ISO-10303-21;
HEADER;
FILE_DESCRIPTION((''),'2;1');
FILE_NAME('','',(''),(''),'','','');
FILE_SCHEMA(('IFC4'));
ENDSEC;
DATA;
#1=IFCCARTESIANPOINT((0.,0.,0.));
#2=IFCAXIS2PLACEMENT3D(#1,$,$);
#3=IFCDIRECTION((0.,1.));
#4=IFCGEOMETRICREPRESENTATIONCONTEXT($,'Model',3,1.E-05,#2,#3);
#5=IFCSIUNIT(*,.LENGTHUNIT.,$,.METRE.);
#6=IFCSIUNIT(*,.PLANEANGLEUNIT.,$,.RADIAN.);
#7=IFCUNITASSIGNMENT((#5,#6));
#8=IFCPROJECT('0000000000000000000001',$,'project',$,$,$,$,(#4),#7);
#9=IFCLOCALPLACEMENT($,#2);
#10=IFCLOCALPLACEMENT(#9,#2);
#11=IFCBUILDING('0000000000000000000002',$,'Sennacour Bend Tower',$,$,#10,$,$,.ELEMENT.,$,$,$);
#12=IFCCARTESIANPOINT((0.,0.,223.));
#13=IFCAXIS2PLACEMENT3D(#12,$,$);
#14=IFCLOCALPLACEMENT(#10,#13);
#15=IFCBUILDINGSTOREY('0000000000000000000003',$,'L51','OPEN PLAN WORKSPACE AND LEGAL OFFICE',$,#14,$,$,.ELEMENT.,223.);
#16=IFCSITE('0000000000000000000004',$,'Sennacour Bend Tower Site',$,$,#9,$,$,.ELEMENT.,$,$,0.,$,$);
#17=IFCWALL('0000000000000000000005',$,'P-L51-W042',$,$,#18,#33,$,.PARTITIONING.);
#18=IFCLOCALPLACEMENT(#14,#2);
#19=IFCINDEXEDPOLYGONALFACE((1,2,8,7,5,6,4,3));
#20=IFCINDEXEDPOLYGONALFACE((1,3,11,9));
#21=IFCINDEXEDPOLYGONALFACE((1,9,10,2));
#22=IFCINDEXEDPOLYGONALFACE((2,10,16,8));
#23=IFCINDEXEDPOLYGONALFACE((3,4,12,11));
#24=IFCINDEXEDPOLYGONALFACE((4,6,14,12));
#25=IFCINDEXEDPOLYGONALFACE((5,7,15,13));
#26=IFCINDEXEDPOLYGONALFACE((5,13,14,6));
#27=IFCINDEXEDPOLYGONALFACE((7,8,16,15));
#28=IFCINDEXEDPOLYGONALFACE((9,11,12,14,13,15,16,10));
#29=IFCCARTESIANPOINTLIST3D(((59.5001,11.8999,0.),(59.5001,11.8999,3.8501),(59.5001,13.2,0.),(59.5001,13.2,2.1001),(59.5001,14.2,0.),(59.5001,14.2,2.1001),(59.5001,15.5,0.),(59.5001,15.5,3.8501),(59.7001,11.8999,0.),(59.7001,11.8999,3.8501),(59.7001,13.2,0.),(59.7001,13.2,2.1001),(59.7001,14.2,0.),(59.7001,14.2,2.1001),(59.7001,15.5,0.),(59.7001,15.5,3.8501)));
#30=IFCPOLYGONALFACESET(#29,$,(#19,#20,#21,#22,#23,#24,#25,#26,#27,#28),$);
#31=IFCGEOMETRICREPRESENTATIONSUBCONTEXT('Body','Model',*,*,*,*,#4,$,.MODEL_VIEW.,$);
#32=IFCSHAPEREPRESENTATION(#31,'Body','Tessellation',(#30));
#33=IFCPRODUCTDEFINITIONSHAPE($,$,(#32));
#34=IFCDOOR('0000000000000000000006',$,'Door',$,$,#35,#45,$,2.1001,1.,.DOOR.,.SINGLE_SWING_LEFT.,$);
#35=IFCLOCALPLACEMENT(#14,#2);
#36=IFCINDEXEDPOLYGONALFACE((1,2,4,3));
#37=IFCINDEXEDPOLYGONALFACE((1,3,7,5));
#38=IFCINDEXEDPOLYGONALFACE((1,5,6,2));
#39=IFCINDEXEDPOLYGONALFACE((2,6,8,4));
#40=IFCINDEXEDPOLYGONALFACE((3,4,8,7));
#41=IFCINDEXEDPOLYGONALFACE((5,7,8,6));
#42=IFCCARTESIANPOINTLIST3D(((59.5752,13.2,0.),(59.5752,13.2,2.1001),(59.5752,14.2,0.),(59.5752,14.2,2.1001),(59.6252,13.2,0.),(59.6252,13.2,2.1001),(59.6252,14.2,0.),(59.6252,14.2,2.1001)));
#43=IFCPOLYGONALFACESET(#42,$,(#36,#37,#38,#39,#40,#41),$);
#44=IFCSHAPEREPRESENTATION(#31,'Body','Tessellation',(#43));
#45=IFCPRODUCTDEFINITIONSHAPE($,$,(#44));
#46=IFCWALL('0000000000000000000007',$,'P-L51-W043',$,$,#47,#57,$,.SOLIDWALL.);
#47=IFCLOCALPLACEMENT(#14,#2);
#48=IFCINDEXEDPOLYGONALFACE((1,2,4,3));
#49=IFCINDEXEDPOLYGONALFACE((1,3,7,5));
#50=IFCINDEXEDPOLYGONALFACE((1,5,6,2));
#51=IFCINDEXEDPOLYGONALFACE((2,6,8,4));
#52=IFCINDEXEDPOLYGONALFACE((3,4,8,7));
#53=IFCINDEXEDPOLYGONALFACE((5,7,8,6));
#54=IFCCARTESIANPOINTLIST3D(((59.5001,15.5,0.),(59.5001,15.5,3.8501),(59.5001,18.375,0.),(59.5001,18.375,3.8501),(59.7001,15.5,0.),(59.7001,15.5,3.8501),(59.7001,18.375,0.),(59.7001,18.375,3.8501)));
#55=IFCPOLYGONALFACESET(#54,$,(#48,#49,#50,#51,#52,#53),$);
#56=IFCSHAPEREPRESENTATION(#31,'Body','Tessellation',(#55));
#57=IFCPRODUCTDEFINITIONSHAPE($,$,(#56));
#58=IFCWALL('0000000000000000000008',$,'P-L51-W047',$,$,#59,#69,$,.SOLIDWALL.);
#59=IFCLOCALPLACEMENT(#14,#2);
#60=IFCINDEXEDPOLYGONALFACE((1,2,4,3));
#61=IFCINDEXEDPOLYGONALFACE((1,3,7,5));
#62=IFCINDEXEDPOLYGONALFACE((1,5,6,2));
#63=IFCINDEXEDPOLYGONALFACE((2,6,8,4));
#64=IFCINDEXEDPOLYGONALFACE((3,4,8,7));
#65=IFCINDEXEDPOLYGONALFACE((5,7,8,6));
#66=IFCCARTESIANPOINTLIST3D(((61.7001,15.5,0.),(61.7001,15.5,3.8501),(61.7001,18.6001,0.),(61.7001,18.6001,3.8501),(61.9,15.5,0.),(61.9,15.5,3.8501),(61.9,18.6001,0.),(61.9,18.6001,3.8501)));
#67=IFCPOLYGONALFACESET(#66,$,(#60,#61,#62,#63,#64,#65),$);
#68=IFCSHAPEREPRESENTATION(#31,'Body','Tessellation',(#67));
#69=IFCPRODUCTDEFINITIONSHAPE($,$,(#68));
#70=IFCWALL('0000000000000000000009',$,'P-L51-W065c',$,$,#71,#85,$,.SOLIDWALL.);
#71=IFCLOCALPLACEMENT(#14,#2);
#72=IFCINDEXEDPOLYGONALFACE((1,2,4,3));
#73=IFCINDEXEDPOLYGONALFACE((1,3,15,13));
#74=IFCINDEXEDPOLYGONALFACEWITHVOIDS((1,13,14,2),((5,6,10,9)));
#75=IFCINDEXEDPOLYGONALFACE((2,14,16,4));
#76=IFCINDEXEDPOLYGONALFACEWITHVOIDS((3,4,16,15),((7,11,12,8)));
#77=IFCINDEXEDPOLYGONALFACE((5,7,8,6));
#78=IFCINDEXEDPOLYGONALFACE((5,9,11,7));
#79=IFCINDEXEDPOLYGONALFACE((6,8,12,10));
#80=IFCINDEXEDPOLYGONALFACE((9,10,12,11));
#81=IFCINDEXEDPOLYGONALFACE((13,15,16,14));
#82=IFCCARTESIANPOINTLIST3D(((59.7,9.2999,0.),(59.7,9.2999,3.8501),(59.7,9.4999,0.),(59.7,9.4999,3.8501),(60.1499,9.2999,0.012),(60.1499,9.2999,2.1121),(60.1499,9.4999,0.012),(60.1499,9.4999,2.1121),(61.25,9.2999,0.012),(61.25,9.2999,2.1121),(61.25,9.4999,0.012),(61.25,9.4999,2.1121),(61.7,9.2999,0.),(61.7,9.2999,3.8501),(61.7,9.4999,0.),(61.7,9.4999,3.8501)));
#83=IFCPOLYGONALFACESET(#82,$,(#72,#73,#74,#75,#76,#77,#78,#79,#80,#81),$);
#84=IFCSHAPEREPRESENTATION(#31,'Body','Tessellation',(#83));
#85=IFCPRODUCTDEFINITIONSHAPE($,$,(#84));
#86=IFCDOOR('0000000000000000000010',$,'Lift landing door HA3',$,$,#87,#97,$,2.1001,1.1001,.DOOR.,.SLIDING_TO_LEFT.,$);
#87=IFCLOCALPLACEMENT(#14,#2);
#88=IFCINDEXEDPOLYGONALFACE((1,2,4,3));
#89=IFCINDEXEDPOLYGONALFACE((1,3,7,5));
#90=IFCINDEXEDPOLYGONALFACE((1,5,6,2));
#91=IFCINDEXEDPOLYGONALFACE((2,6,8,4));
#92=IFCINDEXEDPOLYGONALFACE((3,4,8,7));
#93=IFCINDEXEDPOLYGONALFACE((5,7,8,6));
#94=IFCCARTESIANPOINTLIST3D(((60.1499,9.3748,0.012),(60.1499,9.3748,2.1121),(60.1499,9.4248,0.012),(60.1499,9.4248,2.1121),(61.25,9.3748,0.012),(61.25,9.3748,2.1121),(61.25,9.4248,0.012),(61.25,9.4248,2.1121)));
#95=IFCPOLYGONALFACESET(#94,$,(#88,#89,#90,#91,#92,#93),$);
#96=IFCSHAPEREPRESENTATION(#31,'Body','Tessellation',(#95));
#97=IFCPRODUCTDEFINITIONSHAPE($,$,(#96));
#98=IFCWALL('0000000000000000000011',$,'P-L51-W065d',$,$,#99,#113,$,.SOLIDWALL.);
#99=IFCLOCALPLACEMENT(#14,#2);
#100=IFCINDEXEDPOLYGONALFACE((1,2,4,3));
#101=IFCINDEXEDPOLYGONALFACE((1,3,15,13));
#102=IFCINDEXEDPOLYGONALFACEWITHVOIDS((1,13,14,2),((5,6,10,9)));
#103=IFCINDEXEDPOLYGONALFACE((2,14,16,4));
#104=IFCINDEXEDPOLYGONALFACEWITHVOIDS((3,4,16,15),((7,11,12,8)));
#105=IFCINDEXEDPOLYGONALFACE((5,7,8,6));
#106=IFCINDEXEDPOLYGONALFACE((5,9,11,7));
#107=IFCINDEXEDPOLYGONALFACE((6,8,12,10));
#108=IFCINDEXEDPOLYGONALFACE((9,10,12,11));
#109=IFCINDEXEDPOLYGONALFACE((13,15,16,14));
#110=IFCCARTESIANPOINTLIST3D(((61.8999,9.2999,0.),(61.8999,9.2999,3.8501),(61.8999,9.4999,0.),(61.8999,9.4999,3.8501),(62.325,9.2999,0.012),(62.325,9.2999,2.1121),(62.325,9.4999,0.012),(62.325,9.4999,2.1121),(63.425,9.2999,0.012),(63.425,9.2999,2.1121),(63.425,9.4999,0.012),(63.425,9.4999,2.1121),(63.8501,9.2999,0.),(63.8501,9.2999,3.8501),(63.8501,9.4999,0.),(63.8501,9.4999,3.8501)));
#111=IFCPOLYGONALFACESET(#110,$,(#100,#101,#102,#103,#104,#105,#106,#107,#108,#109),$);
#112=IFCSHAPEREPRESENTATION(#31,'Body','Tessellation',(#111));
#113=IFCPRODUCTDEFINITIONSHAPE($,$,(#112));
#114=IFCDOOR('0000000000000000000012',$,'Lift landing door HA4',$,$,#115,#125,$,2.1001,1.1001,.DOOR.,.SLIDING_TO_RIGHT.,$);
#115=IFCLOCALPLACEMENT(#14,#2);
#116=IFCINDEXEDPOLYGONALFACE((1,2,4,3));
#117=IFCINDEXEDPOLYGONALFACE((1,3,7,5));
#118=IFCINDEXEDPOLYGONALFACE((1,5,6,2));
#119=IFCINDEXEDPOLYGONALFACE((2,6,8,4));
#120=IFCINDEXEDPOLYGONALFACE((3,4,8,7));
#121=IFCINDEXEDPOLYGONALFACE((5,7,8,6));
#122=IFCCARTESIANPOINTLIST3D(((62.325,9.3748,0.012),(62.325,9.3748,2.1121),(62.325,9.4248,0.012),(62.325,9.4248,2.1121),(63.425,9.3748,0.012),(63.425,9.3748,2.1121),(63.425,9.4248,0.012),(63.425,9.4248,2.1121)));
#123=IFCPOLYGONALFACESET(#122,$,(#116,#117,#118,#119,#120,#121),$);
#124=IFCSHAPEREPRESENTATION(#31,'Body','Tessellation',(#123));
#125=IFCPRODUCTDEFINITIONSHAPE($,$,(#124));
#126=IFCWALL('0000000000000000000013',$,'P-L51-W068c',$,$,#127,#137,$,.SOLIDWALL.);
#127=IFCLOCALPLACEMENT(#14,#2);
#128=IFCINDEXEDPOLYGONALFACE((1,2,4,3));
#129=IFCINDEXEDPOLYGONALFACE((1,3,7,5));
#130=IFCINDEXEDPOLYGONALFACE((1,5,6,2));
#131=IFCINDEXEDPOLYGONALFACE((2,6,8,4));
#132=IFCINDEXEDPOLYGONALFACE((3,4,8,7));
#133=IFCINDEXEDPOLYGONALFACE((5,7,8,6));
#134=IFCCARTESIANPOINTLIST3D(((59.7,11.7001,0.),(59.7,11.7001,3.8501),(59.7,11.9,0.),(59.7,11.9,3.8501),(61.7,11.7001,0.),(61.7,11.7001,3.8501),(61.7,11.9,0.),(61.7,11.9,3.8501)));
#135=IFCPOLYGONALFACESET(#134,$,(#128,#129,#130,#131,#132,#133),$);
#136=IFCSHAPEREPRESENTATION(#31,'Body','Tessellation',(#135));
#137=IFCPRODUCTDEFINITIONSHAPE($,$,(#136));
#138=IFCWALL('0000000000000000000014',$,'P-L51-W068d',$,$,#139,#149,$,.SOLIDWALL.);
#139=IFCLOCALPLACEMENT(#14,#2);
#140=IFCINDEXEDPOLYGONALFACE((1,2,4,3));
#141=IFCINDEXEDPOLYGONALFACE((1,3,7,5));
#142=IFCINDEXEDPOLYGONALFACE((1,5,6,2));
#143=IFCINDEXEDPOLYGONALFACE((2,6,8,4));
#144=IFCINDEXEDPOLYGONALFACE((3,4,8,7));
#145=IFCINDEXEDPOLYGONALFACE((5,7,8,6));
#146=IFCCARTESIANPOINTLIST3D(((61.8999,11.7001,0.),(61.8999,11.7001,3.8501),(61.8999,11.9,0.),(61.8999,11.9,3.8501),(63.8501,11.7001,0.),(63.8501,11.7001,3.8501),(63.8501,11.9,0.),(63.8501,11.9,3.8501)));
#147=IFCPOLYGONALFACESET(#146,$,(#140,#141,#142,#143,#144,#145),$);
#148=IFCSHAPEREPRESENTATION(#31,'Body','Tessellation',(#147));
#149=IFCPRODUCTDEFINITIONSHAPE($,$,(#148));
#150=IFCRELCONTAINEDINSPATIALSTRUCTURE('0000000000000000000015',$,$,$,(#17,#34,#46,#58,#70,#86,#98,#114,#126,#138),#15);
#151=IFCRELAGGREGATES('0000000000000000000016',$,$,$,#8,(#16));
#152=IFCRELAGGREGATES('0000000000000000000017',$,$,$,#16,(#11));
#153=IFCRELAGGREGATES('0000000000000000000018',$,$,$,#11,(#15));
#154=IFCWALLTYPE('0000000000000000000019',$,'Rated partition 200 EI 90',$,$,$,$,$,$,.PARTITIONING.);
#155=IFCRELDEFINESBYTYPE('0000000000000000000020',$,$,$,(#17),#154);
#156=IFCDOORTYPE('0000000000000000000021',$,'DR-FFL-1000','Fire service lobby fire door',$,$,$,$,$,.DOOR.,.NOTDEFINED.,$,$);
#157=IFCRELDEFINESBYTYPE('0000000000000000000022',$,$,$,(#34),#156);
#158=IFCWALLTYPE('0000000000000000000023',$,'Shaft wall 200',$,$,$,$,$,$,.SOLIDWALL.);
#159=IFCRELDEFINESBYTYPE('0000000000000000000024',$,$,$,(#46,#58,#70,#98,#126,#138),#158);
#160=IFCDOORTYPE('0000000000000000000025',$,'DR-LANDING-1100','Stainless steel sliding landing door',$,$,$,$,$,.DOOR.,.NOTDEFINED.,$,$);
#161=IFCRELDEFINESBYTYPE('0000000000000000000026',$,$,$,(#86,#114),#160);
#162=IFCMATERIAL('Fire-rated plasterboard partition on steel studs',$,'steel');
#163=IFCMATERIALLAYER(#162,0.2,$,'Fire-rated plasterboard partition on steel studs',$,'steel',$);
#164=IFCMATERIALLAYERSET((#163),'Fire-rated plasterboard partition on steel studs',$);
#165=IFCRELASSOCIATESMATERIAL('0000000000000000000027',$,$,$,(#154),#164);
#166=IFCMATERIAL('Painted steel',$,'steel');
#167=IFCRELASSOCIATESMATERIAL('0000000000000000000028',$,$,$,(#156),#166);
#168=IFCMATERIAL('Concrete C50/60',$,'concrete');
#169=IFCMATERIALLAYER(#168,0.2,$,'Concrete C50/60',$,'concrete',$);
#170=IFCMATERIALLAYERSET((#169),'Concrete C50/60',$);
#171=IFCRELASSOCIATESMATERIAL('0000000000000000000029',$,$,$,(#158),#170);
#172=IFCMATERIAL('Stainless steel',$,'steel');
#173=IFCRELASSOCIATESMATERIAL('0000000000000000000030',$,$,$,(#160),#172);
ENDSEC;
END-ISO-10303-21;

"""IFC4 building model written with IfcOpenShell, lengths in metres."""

from ifc_helpers import new_model, si_unit, direction, frame, frame_2d, origin, place, context, subcontext, project, spatial, rectangle, extrude, material, layer, layer_set, type_object, element, fill, save


model = new_model("IFC4")

# Units and contexts
model_context = context("Model", 3, precision=1e-05, world=origin(), true_north=direction((0.0, 1.0)))
body_context = subcontext(model_context, "Body", "Model", "MODEL_VIEW")
ifc_project = project(units=[si_unit("LENGTHUNIT", "METRE"), si_unit("PLANEANGLEUNIT", "RADIAN")], contexts=[model_context])

# Site, building, storey
site_placement = place(None, origin())
site = spatial("IfcSite", under=ifc_project, at=site_placement, Name="Sennacour Bend Tower Site", CompositionType="ELEMENT", RefElevation=0.0)
building_placement = place(site_placement, origin())
building = spatial("IfcBuilding", under=site, at=building_placement, Name="Sennacour Bend Tower", CompositionType="ELEMENT")
storey_placement = place(building_placement, frame((0.0, 0.0, 223.0)))
storey = spatial("IfcBuildingStorey", under=building, at=storey_placement, Name="L51", Description="OPEN PLAN WORKSPACE AND LEGAL OFFICE", CompositionType="ELEMENT", Elevation=223.0)

# Shared definitions
ifc_material_1 = material(Name="Fire-rated plasterboard partition on steel studs", Category="steel")
ifc_material_2 = material(Name="Painted steel", Category="steel")

# Wall, opening, door
ifc_layer_1 = layer(ifc_material_1, 0.2, Name="Fire-rated plasterboard partition on steel studs", Category="steel")
ifc_layer_set_1 = layer_set([ifc_layer_1], Name="Fire-rated plasterboard partition on steel studs")
wall_type_1 = type_object("IfcWallType", Name="Rated partition 200 EI 90", PredefinedType="PARTITIONING", material=ifc_layer_set_1)
wall_1_placement = place(storey_placement, frame((59.6001, 11.8999, 0.0), z_axis=(0.0, 0.0, 1.0), x_axis=(0.0, 1.0, 0.0)))
wall_1 = element("IfcWall", 1, at=wall_1_placement, inside=storey, type_object=wall_type_1, Name="P-L51-W042", PredefinedType="PARTITIONING", context=body_context, shape_type="SweptSolid", body=[
    extrude(rectangle(XDim=3.6001, YDim=0.2, at=frame_2d((1.8, 0.0))), origin(), (0.0, 0.0, 1.0), 3.8501),
])
opening_1_placement = place(wall_1_placement, frame((1.3, 0.0, 0.0)))
opening_1 = element("IfcOpeningElement", 2, at=opening_1_placement, cuts=wall_1, PredefinedType="OPENING", context=body_context, shape_type="SweptSolid", body=[
    extrude(rectangle(XDim=1.0, YDim=2.1001, at=frame_2d((0.5, 1.05))), frame((0.0, 0.1099, 0.0), z_axis=(0.0, -1.0, 0.0), x_axis=(1.0, 0.0, 0.0)), (0.0, 0.0, 1.0), 0.22),
])
door_type_1 = type_object("IfcDoorType", Name="DR-FFL-1000", Description="Fire service lobby fire door", OperationType="NOTDEFINED", PredefinedType="DOOR", material=ifc_material_2)
door_1_placement = place(opening_1_placement, origin())
door_1 = element("IfcDoor", 3, at=door_1_placement, inside=storey, type_object=door_type_1, Name="Door", OperationType="SINGLE_SWING_LEFT", OverallHeight=2.1001, OverallWidth=1.0, PredefinedType="DOOR", context=body_context, shape_type="SweptSolid", body=[
    extrude(rectangle(XDim=1.0, YDim=2.1001, at=frame_2d((0.5, 1.05))), frame((0.0, 0.0249, 0.0), z_axis=(0.0, -1.0, 0.0), x_axis=(1.0, 0.0, 0.0)), (0.0, 0.0, 1.0), 0.05),
])
fill(opening_1, door_1)

# Walls
ifc_material_3 = material(Name="Concrete C50/60", Category="concrete")
ifc_layer_2 = layer(ifc_material_3, 0.2, Name="Concrete C50/60", Category="concrete")
ifc_layer_set_2 = layer_set([ifc_layer_2], Name="Concrete C50/60")
wall_type_2 = type_object("IfcWallType", Name="Shaft wall 200", PredefinedType="SOLIDWALL", material=ifc_layer_set_2)
wall_2_placement = place(storey_placement, frame((59.6001, 15.5, 0.0), z_axis=(0.0, 0.0, 1.0), x_axis=(0.0, 1.0, 0.0)))
element("IfcWall", 4, at=wall_2_placement, inside=storey, type_object=wall_type_2, Name="P-L51-W043", PredefinedType="SOLIDWALL", context=body_context, shape_type="SweptSolid", body=[
    extrude(rectangle(XDim=2.875, YDim=0.2, at=frame_2d((1.4375, 0.0))), origin(), (0.0, 0.0, 1.0), 3.8501),
])
wall_3_placement = place(storey_placement, frame((61.8, 15.5, 0.0), z_axis=(0.0, 0.0, 1.0), x_axis=(0.0, 1.0, 0.0)))
element("IfcWall", 5, at=wall_3_placement, inside=storey, type_object=wall_type_2, Name="P-L51-W047", PredefinedType="SOLIDWALL", context=body_context, shape_type="SweptSolid", body=[
    extrude(rectangle(XDim=3.1001, YDim=0.2, at=frame_2d((1.55, 0.0))), origin(), (0.0, 0.0, 1.0), 3.8501),
])

# Walls, openings, doors
wall_4_placement = place(storey_placement, frame((59.7, 9.3999, 0.0), z_axis=(0.0, 0.0, 1.0), x_axis=(1.0, 0.0, 0.0)))
wall_4 = element("IfcWall", 6, at=wall_4_placement, inside=storey, type_object=wall_type_2, Name="P-L51-W065c", PredefinedType="SOLIDWALL", context=body_context, shape_type="SweptSolid", body=[
    extrude(rectangle(XDim=2.0, YDim=0.2, at=frame_2d((1.0, 0.0))), origin(), (0.0, 0.0, 1.0), 3.8501),
])
opening_2_placement = place(wall_4_placement, frame((0.45, 0.0, 0.012)))
opening_2 = element("IfcOpeningElement", 7, at=opening_2_placement, cuts=wall_4, PredefinedType="OPENING", context=body_context, shape_type="SweptSolid", body=[
    extrude(rectangle(XDim=1.1001, YDim=2.1001, at=frame_2d((0.55, 1.05))), frame((0.0, 0.1099, 0.0), z_axis=(0.0, -1.0, 0.0), x_axis=(1.0, 0.0, 0.0)), (0.0, 0.0, 1.0), 0.22),
])
ifc_material_4 = material(Name="Stainless steel", Category="steel")
door_type_2 = type_object("IfcDoorType", Name="DR-LANDING-1100", Description="Stainless steel sliding landing door", OperationType="NOTDEFINED", PredefinedType="DOOR", material=ifc_material_4)
door_2_placement = place(opening_2_placement, origin())
door_2 = element("IfcDoor", 8, at=door_2_placement, inside=storey, type_object=door_type_2, Name="Lift landing door HA3", OperationType="SLIDING_TO_LEFT", OverallHeight=2.1001, OverallWidth=1.1001, PredefinedType="DOOR", context=body_context, shape_type="SweptSolid", body=[
    extrude(rectangle(XDim=1.1001, YDim=2.1001, at=frame_2d((0.55, 1.05))), frame((0.0, 0.0249, 0.0), z_axis=(0.0, -1.0, 0.0), x_axis=(1.0, 0.0, 0.0)), (0.0, 0.0, 1.0), 0.05),
])
fill(opening_2, door_2)
wall_5_placement = place(storey_placement, frame((61.8999, 9.3999, 0.0), z_axis=(0.0, 0.0, 1.0), x_axis=(1.0, 0.0, 0.0)))
wall_5 = element("IfcWall", 9, at=wall_5_placement, inside=storey, type_object=wall_type_2, Name="P-L51-W065d", PredefinedType="SOLIDWALL", context=body_context, shape_type="SweptSolid", body=[
    extrude(rectangle(XDim=1.9502, YDim=0.2, at=frame_2d((0.9751, 0.0))), origin(), (0.0, 0.0, 1.0), 3.8501),
])
opening_3_placement = place(wall_5_placement, frame((0.425, 0.0, 0.012)))
opening_3 = element("IfcOpeningElement", 10, at=opening_3_placement, cuts=wall_5, PredefinedType="OPENING", context=body_context, shape_type="SweptSolid", body=[
    extrude(rectangle(XDim=1.1001, YDim=2.1001, at=frame_2d((0.55, 1.05))), frame((0.0, 0.1099, 0.0), z_axis=(0.0, -1.0, 0.0), x_axis=(1.0, 0.0, 0.0)), (0.0, 0.0, 1.0), 0.22),
])
door_3_placement = place(opening_3_placement, origin())
door_3 = element("IfcDoor", 11, at=door_3_placement, inside=storey, type_object=door_type_2, Name="Lift landing door HA4", OperationType="SLIDING_TO_RIGHT", OverallHeight=2.1001, OverallWidth=1.1001, PredefinedType="DOOR", context=body_context, shape_type="SweptSolid", body=[
    extrude(rectangle(XDim=1.1001, YDim=2.1001, at=frame_2d((0.55, 1.05))), frame((0.0, 0.0249, 0.0), z_axis=(0.0, -1.0, 0.0), x_axis=(1.0, 0.0, 0.0)), (0.0, 0.0, 1.0), 0.05),
])
fill(opening_3, door_3)

# Walls
wall_6_placement = place(storey_placement, frame((59.7, 11.8, 0.0), z_axis=(0.0, 0.0, 1.0), x_axis=(1.0, 0.0, 0.0)))
element("IfcWall", 12, at=wall_6_placement, inside=storey, type_object=wall_type_2, Name="P-L51-W068c", PredefinedType="SOLIDWALL", context=body_context, shape_type="SweptSolid", body=[
    extrude(rectangle(XDim=2.0, YDim=0.2, at=frame_2d((1.0, 0.0))), origin(), (0.0, 0.0, 1.0), 3.8501),
])
wall_7_placement = place(storey_placement, frame((61.8999, 11.8, 0.0), z_axis=(0.0, 0.0, 1.0), x_axis=(1.0, 0.0, 0.0)))
element("IfcWall", 13, at=wall_7_placement, inside=storey, type_object=wall_type_2, Name="P-L51-W068d", PredefinedType="SOLIDWALL", context=body_context, shape_type="SweptSolid", body=[
    extrude(rectangle(XDim=1.9502, YDim=0.2, at=frame_2d((0.9751, 0.0))), origin(), (0.0, 0.0, 1.0), 3.8501),
])

save(model, "model.ifc")
